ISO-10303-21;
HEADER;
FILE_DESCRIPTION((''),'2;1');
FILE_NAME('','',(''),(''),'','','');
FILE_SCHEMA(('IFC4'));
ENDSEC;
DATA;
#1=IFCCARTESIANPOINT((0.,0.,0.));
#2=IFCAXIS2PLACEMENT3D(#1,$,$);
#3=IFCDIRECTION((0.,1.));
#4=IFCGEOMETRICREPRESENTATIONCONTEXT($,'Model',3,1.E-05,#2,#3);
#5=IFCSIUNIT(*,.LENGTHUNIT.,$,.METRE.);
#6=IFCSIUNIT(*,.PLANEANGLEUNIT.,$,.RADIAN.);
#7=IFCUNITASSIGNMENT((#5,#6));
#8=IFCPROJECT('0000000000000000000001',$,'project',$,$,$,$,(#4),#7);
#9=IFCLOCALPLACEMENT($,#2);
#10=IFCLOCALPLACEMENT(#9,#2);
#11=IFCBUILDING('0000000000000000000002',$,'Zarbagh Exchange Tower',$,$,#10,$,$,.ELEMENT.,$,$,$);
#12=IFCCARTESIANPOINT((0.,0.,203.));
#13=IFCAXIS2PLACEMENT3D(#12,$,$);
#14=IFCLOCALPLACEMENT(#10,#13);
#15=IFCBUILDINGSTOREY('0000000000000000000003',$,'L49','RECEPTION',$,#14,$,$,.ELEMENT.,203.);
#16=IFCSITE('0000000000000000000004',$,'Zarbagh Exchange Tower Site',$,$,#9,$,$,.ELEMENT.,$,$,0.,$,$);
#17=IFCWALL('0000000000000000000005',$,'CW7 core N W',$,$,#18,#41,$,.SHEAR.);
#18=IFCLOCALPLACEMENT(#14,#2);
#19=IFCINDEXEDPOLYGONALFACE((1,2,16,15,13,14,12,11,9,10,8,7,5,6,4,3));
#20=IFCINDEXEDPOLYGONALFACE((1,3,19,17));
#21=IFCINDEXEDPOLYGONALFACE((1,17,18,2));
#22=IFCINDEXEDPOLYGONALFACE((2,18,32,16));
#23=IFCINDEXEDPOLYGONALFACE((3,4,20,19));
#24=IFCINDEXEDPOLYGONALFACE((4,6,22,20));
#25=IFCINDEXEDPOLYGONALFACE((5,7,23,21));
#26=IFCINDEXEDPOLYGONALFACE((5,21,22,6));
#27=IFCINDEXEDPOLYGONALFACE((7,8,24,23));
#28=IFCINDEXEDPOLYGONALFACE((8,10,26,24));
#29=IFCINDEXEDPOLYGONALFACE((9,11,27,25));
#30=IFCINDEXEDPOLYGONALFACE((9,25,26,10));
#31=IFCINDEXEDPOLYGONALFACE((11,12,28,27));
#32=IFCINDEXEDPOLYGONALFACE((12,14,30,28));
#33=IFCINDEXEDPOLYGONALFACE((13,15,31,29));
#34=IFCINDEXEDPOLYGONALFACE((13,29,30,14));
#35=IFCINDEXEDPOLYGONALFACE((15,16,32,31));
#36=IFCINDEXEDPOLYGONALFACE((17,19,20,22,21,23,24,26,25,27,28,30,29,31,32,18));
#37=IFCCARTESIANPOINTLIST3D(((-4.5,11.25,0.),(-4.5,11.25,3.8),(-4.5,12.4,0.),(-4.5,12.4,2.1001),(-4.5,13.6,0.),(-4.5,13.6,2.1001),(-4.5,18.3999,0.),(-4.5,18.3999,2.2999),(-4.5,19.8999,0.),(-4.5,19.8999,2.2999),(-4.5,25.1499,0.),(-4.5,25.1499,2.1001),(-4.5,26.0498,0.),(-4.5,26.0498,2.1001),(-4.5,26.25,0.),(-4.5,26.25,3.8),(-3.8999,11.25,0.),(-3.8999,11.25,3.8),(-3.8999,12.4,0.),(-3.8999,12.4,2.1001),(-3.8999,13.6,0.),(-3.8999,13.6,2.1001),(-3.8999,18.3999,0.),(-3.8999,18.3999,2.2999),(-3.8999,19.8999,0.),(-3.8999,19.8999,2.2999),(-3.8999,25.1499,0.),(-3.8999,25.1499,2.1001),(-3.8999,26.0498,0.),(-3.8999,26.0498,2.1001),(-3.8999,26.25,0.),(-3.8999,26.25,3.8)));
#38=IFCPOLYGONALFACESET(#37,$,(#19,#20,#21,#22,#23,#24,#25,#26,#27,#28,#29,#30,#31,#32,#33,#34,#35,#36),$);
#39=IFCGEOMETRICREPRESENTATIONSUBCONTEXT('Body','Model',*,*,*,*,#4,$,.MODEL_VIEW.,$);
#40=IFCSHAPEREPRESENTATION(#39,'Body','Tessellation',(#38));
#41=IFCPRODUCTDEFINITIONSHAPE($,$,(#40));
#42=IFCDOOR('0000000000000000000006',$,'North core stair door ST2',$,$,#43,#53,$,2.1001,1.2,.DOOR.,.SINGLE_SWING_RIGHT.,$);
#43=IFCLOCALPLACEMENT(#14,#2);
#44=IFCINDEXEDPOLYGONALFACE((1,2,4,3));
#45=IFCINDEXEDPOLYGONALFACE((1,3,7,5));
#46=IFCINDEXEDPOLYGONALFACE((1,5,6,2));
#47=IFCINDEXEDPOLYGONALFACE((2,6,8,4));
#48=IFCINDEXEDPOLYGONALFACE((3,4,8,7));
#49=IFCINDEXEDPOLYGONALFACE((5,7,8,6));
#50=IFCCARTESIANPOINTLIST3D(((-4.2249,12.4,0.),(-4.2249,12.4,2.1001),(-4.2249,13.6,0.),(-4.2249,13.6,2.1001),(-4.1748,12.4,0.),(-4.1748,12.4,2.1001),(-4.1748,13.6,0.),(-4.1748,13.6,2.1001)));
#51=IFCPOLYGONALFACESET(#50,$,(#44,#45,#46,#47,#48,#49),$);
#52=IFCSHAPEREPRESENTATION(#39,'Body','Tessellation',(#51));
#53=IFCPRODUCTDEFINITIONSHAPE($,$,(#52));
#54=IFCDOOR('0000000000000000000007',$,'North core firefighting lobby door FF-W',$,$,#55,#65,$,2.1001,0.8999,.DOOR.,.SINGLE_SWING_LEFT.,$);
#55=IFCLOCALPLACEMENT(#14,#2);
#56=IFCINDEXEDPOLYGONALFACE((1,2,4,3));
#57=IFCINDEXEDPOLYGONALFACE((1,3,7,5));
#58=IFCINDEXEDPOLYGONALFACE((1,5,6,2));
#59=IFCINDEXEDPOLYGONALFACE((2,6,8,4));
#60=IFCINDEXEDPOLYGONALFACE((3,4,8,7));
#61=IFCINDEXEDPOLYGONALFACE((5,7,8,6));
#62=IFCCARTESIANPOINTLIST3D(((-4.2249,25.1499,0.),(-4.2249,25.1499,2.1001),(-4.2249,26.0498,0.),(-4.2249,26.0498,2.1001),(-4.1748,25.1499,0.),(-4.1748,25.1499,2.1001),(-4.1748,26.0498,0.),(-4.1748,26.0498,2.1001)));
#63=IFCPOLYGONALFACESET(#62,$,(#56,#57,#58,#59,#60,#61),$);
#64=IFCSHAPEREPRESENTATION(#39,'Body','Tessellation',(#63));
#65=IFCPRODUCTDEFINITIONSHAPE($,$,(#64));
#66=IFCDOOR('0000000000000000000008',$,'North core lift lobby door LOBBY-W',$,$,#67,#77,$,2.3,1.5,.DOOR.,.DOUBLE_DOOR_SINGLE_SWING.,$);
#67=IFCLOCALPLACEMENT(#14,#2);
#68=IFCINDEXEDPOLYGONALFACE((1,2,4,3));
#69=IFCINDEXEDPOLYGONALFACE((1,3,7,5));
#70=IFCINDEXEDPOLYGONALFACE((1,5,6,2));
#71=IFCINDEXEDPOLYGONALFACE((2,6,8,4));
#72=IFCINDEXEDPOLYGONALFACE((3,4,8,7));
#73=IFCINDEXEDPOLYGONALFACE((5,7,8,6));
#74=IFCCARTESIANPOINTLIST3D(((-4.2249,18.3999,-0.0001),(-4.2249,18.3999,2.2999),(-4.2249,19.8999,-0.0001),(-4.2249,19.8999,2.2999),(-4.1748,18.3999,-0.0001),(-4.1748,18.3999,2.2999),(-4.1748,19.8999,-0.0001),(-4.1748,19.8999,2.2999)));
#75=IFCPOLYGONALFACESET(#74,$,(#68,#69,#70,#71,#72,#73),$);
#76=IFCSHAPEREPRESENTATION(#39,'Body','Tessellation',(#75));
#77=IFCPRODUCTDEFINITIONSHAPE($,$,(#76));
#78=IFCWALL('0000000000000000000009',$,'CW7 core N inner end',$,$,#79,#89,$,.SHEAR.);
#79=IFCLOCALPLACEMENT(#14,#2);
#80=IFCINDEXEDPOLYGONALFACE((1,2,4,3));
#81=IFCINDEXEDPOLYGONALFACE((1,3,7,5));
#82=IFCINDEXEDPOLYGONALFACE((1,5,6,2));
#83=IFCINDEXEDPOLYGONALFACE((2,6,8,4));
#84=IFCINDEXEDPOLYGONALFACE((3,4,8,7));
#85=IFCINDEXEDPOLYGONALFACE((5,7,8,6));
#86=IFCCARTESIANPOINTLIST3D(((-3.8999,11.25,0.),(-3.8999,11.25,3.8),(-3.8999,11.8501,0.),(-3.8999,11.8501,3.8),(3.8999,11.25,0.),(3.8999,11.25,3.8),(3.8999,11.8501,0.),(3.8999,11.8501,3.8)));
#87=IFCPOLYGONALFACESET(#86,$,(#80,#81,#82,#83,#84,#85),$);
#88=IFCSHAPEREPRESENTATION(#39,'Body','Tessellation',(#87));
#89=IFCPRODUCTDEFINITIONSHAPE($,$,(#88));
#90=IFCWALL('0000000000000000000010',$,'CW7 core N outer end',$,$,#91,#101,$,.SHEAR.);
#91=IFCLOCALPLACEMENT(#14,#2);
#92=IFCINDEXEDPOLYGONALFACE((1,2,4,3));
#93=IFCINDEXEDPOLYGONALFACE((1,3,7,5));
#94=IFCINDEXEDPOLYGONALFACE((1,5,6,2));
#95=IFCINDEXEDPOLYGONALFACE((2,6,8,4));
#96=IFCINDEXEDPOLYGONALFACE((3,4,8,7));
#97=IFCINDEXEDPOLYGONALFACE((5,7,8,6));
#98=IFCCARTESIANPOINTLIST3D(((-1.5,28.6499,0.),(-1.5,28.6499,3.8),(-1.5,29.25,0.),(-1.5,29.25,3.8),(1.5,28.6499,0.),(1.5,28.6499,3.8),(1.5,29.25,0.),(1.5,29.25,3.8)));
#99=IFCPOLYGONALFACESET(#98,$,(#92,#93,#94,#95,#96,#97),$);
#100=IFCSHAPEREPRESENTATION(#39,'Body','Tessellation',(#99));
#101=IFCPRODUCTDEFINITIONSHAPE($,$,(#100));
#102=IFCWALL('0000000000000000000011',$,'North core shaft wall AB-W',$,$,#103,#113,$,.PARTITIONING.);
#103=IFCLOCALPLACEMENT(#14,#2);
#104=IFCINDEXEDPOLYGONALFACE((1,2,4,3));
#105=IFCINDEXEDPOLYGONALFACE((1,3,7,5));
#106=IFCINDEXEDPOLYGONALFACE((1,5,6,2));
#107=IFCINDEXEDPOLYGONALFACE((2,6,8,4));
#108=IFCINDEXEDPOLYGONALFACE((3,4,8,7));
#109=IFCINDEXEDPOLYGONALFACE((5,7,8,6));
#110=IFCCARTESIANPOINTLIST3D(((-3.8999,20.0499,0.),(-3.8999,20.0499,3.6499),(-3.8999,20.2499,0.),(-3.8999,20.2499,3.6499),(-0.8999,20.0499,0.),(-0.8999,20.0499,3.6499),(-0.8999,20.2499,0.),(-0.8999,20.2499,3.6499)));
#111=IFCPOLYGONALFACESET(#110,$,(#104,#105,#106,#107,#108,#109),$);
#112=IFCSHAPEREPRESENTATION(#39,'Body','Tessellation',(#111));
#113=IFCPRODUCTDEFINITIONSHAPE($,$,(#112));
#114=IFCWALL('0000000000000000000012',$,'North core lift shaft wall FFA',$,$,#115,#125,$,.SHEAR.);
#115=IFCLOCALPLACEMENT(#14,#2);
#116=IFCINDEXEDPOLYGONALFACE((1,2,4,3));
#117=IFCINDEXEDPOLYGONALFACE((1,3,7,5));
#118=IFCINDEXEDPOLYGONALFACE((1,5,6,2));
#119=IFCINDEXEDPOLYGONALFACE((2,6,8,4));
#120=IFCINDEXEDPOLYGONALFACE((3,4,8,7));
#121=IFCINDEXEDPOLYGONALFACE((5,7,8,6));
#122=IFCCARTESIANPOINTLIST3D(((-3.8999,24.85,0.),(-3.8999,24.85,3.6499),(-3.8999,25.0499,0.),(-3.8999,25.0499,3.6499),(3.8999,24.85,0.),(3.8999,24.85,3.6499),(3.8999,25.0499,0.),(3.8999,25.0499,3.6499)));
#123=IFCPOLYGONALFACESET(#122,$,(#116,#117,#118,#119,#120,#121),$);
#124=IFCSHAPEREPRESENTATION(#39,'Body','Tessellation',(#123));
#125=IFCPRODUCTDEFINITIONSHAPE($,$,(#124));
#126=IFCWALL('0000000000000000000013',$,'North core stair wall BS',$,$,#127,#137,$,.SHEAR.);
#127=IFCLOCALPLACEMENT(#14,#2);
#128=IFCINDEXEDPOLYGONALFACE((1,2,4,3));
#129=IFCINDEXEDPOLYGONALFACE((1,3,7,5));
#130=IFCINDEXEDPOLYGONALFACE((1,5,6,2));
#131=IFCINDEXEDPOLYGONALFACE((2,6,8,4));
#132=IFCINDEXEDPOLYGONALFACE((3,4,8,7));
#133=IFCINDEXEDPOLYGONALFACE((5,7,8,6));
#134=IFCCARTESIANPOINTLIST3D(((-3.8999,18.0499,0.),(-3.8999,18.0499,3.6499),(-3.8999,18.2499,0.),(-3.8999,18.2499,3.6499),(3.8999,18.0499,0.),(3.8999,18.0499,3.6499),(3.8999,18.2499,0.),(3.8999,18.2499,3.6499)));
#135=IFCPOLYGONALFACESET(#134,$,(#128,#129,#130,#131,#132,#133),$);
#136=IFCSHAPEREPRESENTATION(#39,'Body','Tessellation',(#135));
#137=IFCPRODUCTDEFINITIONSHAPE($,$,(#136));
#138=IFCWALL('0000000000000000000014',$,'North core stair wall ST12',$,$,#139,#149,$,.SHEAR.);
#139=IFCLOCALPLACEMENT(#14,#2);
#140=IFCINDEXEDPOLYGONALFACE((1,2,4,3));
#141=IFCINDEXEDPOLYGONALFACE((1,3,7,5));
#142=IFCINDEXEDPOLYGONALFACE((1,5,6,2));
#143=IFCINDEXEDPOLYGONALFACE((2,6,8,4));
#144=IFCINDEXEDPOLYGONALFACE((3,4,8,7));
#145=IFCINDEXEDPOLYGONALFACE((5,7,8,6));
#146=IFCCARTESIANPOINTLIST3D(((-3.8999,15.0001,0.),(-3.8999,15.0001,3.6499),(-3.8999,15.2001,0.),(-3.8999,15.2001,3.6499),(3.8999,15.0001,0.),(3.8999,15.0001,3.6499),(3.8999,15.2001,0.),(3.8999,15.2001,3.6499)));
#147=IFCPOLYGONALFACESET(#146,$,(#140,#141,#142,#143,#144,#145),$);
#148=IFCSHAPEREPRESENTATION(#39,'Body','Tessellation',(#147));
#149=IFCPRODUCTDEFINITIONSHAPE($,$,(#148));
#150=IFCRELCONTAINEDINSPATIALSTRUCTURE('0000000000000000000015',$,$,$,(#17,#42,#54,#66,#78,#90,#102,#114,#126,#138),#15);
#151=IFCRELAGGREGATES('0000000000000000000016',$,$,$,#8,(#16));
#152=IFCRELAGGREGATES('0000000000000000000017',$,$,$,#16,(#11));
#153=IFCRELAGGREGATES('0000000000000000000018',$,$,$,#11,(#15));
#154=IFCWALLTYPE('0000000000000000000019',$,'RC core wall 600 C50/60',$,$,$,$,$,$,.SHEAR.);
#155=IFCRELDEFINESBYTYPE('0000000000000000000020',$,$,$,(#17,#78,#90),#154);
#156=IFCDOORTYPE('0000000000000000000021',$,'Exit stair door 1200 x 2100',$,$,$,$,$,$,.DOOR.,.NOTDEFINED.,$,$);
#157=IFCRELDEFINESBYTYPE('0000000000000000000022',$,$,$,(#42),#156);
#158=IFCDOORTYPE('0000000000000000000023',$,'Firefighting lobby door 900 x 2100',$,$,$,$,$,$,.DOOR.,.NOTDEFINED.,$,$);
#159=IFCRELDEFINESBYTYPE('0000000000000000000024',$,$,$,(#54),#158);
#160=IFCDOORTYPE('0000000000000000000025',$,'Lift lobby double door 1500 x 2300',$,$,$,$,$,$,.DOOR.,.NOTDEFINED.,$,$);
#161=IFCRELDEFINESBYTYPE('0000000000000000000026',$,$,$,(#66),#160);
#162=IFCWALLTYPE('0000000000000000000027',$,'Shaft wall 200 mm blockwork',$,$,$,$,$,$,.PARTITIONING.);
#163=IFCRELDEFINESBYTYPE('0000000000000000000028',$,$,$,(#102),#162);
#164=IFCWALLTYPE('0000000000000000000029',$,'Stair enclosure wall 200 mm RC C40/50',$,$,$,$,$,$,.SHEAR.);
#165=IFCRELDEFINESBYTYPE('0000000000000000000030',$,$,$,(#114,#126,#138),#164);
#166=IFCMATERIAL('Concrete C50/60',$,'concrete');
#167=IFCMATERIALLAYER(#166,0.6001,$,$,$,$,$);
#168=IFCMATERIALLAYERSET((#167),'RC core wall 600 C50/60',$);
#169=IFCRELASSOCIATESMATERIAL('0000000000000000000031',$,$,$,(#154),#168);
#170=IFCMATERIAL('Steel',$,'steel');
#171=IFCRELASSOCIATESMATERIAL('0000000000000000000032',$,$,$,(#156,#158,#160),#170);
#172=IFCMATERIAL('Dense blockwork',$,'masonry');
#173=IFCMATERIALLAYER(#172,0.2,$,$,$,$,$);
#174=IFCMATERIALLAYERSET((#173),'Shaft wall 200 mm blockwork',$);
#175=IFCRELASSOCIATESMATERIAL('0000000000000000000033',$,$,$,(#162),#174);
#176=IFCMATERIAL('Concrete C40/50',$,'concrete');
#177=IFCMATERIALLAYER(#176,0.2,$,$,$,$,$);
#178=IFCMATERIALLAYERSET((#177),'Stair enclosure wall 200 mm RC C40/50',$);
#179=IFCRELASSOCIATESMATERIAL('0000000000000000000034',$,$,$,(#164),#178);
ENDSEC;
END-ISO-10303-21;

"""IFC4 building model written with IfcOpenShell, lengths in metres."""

from ifc_helpers import new_model, si_unit, direction, frame, frame_2d, origin, place, context, subcontext, project, spatial, rectangle, extrude, material, layer, layer_set, type_object, element, fill, save


model = new_model("IFC4")

# Units and contexts
model_context = context("Model", 3, precision=1e-05, world=origin(), true_north=direction((0.0, 1.0)))
body_context = subcontext(model_context, "Body", "Model", "MODEL_VIEW")
ifc_project = project(units=[si_unit("LENGTHUNIT", "METRE"), si_unit("PLANEANGLEUNIT", "RADIAN")], contexts=[model_context])

# Site, building, storey
site_placement = place(None, origin())
site = spatial("IfcSite", under=ifc_project, at=site_placement, Name="Zarbagh Exchange Tower Site", CompositionType="ELEMENT", RefElevation=0.0)
building_placement = place(site_placement, origin())
building = spatial("IfcBuilding", under=site, at=building_placement, Name="Zarbagh Exchange Tower", CompositionType="ELEMENT")
storey_placement = place(building_placement, frame((0.0, 0.0, 203.0)))
storey = spatial("IfcBuildingStorey", under=building, at=storey_placement, Name="L49", Description="RECEPTION", CompositionType="ELEMENT", Elevation=203.0)

# Shared definitions
ifc_material_1 = material(Name="Concrete C50/60", Category="concrete")

# Shared definitions
ifc_material_2 = material(Name="Dense blockwork", Category="masonry")

# Wall, openings, doors
ifc_layer_1 = layer(ifc_material_1, 0.6001)
ifc_layer_set_1 = layer_set([ifc_layer_1], Name="RC core wall 600 C50/60")
wall_type_1 = type_object("IfcWallType", Name="RC core wall 600 C50/60", PredefinedType="SHEAR", material=ifc_layer_set_1)
wall_1_placement = place(storey_placement, frame((-4.2, 11.25, 0.0), z_axis=(0.0, 0.0, 1.0), x_axis=(0.0, 1.0, 0.0)))
wall_1 = element("IfcWall", 1, at=wall_1_placement, inside=storey, type_object=wall_type_1, Name="CW7 core N W", PredefinedType="SHEAR", context=body_context, shape_type="SweptSolid", body=[
    extrude(rectangle(XDim=15.0, YDim=0.6001, at=frame_2d((7.5, 0.0))), origin(), (0.0, 0.0, 1.0), 3.8),
])
opening_1_placement = place(wall_1_placement, frame((7.1499, 0.0, 0.0)))
opening_1 = element("IfcOpeningElement", 2, at=opening_1_placement, cuts=wall_1, PredefinedType="OPENING", context=body_context, shape_type="SweptSolid", body=[
    extrude(rectangle(XDim=1.5, YDim=2.3, at=frame_2d((0.75, 1.1499))), frame((0.0, 0.3101, 0.0), z_axis=(0.0, -1.0, 0.0), x_axis=(1.0, 0.0, 0.0)), (0.0, 0.0, 1.0), 0.6201),
])
opening_2_placement = place(wall_1_placement, frame((13.8999, 0.0, 0.0)))
opening_2 = element("IfcOpeningElement", 3, at=opening_2_placement, cuts=wall_1, PredefinedType="OPENING", context=body_context, shape_type="SweptSolid", body=[
    extrude(rectangle(XDim=0.8999, YDim=2.1001, at=frame_2d((0.45, 1.05))), frame((0.0, 0.3101, 0.0), z_axis=(0.0, -1.0, 0.0), x_axis=(1.0, 0.0, 0.0)), (0.0, 0.0, 1.0), 0.6201),
])
opening_3_placement = place(wall_1_placement, frame((1.1499, 0.0, 0.0)))
opening_3 = element("IfcOpeningElement", 4, at=opening_3_placement, cuts=wall_1, PredefinedType="OPENING", context=body_context, shape_type="SweptSolid", body=[
    extrude(rectangle(XDim=1.2, YDim=2.1001, at=frame_2d((0.6001, 1.05))), frame((0.0, 0.3101, 0.0), z_axis=(0.0, -1.0, 0.0), x_axis=(1.0, 0.0, 0.0)), (0.0, 0.0, 1.0), 0.6201),
])
ifc_material_3 = material(Name="Steel", Category="steel")
door_type_1 = type_object("IfcDoorType", Name="Exit stair door 1200 x 2100", OperationType="NOTDEFINED", PredefinedType="DOOR", material=ifc_material_3)
door_1_placement = place(opening_3_placement, origin())
door_1 = element("IfcDoor", 5, at=door_1_placement, inside=storey, type_object=door_type_1, Name="North core stair door ST2", OperationType="SINGLE_SWING_RIGHT", OverallHeight=2.1001, OverallWidth=1.2, PredefinedType="DOOR", context=body_context, shape_type="SweptSolid", body=[
    extrude(rectangle(XDim=1.2, YDim=2.1001, at=frame_2d((0.6001, 1.05))), frame((0.0, 0.0249, 0.0), z_axis=(0.0, -1.0, 0.0), x_axis=(1.0, 0.0, 0.0)), (0.0, 0.0, 1.0), 0.05),
])
fill(opening_3, door_1)
door_type_2 = type_object("IfcDoorType", Name="Firefighting lobby door 900 x 2100", OperationType="NOTDEFINED", PredefinedType="DOOR", material=ifc_material_3)
door_2_placement = place(opening_2_placement, origin())
door_2 = element("IfcDoor", 6, at=door_2_placement, inside=storey, type_object=door_type_2, Name="North core firefighting lobby door FF-W", OperationType="SINGLE_SWING_LEFT", OverallHeight=2.1001, OverallWidth=0.8999, PredefinedType="DOOR", context=body_context, shape_type="SweptSolid", body=[
    extrude(rectangle(XDim=0.8999, YDim=2.1001, at=frame_2d((0.45, 1.05))), frame((0.0, 0.0249, 0.0), z_axis=(0.0, -1.0, 0.0), x_axis=(1.0, 0.0, 0.0)), (0.0, 0.0, 1.0), 0.05),
])
fill(opening_2, door_2)
door_type_3 = type_object("IfcDoorType", Name="Lift lobby double door 1500 x 2300", OperationType="NOTDEFINED", PredefinedType="DOOR", material=ifc_material_3)
door_3_placement = place(opening_1_placement, origin())
door_3 = element("IfcDoor", 7, at=door_3_placement, inside=storey, type_object=door_type_3, Name="North core lift lobby door LOBBY-W", OperationType="DOUBLE_DOOR_SINGLE_SWING", OverallHeight=2.3, OverallWidth=1.5, PredefinedType="DOOR", context=body_context, shape_type="SweptSolid", body=[
    extrude(rectangle(XDim=1.5, YDim=2.3, at=frame_2d((0.75, 1.1499))), frame((0.0, 0.0249, 0.0), z_axis=(0.0, -1.0, 0.0), x_axis=(1.0, 0.0, 0.0)), (0.0, 0.0, 1.0), 0.05),
])
fill(opening_1, door_3)

# Walls
wall_2_placement = place(storey_placement, frame((-3.8999, 11.55, 0.0), z_axis=(0.0, 0.0, 1.0), x_axis=(1.0, 0.0, 0.0)))
element("IfcWall", 8, at=wall_2_placement, inside=storey, type_object=wall_type_1, Name="CW7 core N inner end", PredefinedType="SHEAR", context=body_context, shape_type="SweptSolid", body=[
    extrude(rectangle(XDim=7.7998, YDim=0.6001, at=frame_2d((3.8999, 0.0))), origin(), (0.0, 0.0, 1.0), 3.8),
])
wall_3_placement = place(storey_placement, frame((-1.5, 28.95, 0.0), z_axis=(0.0, 0.0, 1.0), x_axis=(1.0, 0.0, 0.0)))
element("IfcWall", 9, at=wall_3_placement, inside=storey, type_object=wall_type_1, Name="CW7 core N outer end", PredefinedType="SHEAR", context=body_context, shape_type="SweptSolid", body=[
    extrude(rectangle(XDim=3.0, YDim=0.6001, at=frame_2d((1.5, 0.0))), origin(), (0.0, 0.0, 1.0), 3.8),
])
ifc_layer_2 = layer(ifc_material_2, 0.2)
ifc_layer_set_2 = layer_set([ifc_layer_2], Name="Shaft wall 200 mm blockwork")
wall_type_2 = type_object("IfcWallType", Name="Shaft wall 200 mm blockwork", PredefinedType="PARTITIONING", material=ifc_layer_set_2)
wall_4_placement = place(storey_placement, frame((-3.8999, 20.1499, 0.0), z_axis=(0.0, 0.0, 1.0), x_axis=(1.0, 0.0, 0.0)))
element("IfcWall", 10, at=wall_4_placement, inside=storey, type_object=wall_type_2, Name="North core shaft wall AB-W", PredefinedType="PARTITIONING", context=body_context, shape_type="SweptSolid", body=[
    extrude(rectangle(XDim=3.0, YDim=0.2, at=frame_2d((1.5, 0.0))), origin(), (0.0, 0.0, 1.0), 3.6499),
])
ifc_material_4 = material(Name="Concrete C40/50", Category="concrete")
ifc_layer_3 = layer(ifc_material_4, 0.2)
ifc_layer_set_3 = layer_set([ifc_layer_3], Name="Stair enclosure wall 200 mm RC C40/50")
wall_type_3 = type_object("IfcWallType", Name="Stair enclosure wall 200 mm RC C40/50", PredefinedType="SHEAR", material=ifc_layer_set_3)
for number, where, z_axis, x_axis, name in (
    (11, (-3.8999, 24.95, 0.0), (0.0, 0.0, 1.0), (1.0, 0.0, 0.0), "North core lift shaft wall FFA"),
    (12, (-3.8999, 18.1499, 0.0), (0.0, 0.0, 1.0), (1.0, 0.0, 0.0), "North core stair wall BS"),
    (13, (-3.8999, 15.1001, 0.0), (0.0, 0.0, 1.0), (1.0, 0.0, 0.0), "North core stair wall ST12"),
):
    element("IfcWall", number, at=place(storey_placement, frame(where, z_axis=z_axis, x_axis=x_axis)), inside=storey, type_object=wall_type_3, Name=name, PredefinedType="SHEAR", context=body_context, shape_type="SweptSolid", body=[
        extrude(rectangle(XDim=7.7998, YDim=0.2, at=frame_2d((3.8999, 0.0))), origin(), (0.0, 0.0, 1.0), 3.6499),
    ])

save(model, "model.ifc")
